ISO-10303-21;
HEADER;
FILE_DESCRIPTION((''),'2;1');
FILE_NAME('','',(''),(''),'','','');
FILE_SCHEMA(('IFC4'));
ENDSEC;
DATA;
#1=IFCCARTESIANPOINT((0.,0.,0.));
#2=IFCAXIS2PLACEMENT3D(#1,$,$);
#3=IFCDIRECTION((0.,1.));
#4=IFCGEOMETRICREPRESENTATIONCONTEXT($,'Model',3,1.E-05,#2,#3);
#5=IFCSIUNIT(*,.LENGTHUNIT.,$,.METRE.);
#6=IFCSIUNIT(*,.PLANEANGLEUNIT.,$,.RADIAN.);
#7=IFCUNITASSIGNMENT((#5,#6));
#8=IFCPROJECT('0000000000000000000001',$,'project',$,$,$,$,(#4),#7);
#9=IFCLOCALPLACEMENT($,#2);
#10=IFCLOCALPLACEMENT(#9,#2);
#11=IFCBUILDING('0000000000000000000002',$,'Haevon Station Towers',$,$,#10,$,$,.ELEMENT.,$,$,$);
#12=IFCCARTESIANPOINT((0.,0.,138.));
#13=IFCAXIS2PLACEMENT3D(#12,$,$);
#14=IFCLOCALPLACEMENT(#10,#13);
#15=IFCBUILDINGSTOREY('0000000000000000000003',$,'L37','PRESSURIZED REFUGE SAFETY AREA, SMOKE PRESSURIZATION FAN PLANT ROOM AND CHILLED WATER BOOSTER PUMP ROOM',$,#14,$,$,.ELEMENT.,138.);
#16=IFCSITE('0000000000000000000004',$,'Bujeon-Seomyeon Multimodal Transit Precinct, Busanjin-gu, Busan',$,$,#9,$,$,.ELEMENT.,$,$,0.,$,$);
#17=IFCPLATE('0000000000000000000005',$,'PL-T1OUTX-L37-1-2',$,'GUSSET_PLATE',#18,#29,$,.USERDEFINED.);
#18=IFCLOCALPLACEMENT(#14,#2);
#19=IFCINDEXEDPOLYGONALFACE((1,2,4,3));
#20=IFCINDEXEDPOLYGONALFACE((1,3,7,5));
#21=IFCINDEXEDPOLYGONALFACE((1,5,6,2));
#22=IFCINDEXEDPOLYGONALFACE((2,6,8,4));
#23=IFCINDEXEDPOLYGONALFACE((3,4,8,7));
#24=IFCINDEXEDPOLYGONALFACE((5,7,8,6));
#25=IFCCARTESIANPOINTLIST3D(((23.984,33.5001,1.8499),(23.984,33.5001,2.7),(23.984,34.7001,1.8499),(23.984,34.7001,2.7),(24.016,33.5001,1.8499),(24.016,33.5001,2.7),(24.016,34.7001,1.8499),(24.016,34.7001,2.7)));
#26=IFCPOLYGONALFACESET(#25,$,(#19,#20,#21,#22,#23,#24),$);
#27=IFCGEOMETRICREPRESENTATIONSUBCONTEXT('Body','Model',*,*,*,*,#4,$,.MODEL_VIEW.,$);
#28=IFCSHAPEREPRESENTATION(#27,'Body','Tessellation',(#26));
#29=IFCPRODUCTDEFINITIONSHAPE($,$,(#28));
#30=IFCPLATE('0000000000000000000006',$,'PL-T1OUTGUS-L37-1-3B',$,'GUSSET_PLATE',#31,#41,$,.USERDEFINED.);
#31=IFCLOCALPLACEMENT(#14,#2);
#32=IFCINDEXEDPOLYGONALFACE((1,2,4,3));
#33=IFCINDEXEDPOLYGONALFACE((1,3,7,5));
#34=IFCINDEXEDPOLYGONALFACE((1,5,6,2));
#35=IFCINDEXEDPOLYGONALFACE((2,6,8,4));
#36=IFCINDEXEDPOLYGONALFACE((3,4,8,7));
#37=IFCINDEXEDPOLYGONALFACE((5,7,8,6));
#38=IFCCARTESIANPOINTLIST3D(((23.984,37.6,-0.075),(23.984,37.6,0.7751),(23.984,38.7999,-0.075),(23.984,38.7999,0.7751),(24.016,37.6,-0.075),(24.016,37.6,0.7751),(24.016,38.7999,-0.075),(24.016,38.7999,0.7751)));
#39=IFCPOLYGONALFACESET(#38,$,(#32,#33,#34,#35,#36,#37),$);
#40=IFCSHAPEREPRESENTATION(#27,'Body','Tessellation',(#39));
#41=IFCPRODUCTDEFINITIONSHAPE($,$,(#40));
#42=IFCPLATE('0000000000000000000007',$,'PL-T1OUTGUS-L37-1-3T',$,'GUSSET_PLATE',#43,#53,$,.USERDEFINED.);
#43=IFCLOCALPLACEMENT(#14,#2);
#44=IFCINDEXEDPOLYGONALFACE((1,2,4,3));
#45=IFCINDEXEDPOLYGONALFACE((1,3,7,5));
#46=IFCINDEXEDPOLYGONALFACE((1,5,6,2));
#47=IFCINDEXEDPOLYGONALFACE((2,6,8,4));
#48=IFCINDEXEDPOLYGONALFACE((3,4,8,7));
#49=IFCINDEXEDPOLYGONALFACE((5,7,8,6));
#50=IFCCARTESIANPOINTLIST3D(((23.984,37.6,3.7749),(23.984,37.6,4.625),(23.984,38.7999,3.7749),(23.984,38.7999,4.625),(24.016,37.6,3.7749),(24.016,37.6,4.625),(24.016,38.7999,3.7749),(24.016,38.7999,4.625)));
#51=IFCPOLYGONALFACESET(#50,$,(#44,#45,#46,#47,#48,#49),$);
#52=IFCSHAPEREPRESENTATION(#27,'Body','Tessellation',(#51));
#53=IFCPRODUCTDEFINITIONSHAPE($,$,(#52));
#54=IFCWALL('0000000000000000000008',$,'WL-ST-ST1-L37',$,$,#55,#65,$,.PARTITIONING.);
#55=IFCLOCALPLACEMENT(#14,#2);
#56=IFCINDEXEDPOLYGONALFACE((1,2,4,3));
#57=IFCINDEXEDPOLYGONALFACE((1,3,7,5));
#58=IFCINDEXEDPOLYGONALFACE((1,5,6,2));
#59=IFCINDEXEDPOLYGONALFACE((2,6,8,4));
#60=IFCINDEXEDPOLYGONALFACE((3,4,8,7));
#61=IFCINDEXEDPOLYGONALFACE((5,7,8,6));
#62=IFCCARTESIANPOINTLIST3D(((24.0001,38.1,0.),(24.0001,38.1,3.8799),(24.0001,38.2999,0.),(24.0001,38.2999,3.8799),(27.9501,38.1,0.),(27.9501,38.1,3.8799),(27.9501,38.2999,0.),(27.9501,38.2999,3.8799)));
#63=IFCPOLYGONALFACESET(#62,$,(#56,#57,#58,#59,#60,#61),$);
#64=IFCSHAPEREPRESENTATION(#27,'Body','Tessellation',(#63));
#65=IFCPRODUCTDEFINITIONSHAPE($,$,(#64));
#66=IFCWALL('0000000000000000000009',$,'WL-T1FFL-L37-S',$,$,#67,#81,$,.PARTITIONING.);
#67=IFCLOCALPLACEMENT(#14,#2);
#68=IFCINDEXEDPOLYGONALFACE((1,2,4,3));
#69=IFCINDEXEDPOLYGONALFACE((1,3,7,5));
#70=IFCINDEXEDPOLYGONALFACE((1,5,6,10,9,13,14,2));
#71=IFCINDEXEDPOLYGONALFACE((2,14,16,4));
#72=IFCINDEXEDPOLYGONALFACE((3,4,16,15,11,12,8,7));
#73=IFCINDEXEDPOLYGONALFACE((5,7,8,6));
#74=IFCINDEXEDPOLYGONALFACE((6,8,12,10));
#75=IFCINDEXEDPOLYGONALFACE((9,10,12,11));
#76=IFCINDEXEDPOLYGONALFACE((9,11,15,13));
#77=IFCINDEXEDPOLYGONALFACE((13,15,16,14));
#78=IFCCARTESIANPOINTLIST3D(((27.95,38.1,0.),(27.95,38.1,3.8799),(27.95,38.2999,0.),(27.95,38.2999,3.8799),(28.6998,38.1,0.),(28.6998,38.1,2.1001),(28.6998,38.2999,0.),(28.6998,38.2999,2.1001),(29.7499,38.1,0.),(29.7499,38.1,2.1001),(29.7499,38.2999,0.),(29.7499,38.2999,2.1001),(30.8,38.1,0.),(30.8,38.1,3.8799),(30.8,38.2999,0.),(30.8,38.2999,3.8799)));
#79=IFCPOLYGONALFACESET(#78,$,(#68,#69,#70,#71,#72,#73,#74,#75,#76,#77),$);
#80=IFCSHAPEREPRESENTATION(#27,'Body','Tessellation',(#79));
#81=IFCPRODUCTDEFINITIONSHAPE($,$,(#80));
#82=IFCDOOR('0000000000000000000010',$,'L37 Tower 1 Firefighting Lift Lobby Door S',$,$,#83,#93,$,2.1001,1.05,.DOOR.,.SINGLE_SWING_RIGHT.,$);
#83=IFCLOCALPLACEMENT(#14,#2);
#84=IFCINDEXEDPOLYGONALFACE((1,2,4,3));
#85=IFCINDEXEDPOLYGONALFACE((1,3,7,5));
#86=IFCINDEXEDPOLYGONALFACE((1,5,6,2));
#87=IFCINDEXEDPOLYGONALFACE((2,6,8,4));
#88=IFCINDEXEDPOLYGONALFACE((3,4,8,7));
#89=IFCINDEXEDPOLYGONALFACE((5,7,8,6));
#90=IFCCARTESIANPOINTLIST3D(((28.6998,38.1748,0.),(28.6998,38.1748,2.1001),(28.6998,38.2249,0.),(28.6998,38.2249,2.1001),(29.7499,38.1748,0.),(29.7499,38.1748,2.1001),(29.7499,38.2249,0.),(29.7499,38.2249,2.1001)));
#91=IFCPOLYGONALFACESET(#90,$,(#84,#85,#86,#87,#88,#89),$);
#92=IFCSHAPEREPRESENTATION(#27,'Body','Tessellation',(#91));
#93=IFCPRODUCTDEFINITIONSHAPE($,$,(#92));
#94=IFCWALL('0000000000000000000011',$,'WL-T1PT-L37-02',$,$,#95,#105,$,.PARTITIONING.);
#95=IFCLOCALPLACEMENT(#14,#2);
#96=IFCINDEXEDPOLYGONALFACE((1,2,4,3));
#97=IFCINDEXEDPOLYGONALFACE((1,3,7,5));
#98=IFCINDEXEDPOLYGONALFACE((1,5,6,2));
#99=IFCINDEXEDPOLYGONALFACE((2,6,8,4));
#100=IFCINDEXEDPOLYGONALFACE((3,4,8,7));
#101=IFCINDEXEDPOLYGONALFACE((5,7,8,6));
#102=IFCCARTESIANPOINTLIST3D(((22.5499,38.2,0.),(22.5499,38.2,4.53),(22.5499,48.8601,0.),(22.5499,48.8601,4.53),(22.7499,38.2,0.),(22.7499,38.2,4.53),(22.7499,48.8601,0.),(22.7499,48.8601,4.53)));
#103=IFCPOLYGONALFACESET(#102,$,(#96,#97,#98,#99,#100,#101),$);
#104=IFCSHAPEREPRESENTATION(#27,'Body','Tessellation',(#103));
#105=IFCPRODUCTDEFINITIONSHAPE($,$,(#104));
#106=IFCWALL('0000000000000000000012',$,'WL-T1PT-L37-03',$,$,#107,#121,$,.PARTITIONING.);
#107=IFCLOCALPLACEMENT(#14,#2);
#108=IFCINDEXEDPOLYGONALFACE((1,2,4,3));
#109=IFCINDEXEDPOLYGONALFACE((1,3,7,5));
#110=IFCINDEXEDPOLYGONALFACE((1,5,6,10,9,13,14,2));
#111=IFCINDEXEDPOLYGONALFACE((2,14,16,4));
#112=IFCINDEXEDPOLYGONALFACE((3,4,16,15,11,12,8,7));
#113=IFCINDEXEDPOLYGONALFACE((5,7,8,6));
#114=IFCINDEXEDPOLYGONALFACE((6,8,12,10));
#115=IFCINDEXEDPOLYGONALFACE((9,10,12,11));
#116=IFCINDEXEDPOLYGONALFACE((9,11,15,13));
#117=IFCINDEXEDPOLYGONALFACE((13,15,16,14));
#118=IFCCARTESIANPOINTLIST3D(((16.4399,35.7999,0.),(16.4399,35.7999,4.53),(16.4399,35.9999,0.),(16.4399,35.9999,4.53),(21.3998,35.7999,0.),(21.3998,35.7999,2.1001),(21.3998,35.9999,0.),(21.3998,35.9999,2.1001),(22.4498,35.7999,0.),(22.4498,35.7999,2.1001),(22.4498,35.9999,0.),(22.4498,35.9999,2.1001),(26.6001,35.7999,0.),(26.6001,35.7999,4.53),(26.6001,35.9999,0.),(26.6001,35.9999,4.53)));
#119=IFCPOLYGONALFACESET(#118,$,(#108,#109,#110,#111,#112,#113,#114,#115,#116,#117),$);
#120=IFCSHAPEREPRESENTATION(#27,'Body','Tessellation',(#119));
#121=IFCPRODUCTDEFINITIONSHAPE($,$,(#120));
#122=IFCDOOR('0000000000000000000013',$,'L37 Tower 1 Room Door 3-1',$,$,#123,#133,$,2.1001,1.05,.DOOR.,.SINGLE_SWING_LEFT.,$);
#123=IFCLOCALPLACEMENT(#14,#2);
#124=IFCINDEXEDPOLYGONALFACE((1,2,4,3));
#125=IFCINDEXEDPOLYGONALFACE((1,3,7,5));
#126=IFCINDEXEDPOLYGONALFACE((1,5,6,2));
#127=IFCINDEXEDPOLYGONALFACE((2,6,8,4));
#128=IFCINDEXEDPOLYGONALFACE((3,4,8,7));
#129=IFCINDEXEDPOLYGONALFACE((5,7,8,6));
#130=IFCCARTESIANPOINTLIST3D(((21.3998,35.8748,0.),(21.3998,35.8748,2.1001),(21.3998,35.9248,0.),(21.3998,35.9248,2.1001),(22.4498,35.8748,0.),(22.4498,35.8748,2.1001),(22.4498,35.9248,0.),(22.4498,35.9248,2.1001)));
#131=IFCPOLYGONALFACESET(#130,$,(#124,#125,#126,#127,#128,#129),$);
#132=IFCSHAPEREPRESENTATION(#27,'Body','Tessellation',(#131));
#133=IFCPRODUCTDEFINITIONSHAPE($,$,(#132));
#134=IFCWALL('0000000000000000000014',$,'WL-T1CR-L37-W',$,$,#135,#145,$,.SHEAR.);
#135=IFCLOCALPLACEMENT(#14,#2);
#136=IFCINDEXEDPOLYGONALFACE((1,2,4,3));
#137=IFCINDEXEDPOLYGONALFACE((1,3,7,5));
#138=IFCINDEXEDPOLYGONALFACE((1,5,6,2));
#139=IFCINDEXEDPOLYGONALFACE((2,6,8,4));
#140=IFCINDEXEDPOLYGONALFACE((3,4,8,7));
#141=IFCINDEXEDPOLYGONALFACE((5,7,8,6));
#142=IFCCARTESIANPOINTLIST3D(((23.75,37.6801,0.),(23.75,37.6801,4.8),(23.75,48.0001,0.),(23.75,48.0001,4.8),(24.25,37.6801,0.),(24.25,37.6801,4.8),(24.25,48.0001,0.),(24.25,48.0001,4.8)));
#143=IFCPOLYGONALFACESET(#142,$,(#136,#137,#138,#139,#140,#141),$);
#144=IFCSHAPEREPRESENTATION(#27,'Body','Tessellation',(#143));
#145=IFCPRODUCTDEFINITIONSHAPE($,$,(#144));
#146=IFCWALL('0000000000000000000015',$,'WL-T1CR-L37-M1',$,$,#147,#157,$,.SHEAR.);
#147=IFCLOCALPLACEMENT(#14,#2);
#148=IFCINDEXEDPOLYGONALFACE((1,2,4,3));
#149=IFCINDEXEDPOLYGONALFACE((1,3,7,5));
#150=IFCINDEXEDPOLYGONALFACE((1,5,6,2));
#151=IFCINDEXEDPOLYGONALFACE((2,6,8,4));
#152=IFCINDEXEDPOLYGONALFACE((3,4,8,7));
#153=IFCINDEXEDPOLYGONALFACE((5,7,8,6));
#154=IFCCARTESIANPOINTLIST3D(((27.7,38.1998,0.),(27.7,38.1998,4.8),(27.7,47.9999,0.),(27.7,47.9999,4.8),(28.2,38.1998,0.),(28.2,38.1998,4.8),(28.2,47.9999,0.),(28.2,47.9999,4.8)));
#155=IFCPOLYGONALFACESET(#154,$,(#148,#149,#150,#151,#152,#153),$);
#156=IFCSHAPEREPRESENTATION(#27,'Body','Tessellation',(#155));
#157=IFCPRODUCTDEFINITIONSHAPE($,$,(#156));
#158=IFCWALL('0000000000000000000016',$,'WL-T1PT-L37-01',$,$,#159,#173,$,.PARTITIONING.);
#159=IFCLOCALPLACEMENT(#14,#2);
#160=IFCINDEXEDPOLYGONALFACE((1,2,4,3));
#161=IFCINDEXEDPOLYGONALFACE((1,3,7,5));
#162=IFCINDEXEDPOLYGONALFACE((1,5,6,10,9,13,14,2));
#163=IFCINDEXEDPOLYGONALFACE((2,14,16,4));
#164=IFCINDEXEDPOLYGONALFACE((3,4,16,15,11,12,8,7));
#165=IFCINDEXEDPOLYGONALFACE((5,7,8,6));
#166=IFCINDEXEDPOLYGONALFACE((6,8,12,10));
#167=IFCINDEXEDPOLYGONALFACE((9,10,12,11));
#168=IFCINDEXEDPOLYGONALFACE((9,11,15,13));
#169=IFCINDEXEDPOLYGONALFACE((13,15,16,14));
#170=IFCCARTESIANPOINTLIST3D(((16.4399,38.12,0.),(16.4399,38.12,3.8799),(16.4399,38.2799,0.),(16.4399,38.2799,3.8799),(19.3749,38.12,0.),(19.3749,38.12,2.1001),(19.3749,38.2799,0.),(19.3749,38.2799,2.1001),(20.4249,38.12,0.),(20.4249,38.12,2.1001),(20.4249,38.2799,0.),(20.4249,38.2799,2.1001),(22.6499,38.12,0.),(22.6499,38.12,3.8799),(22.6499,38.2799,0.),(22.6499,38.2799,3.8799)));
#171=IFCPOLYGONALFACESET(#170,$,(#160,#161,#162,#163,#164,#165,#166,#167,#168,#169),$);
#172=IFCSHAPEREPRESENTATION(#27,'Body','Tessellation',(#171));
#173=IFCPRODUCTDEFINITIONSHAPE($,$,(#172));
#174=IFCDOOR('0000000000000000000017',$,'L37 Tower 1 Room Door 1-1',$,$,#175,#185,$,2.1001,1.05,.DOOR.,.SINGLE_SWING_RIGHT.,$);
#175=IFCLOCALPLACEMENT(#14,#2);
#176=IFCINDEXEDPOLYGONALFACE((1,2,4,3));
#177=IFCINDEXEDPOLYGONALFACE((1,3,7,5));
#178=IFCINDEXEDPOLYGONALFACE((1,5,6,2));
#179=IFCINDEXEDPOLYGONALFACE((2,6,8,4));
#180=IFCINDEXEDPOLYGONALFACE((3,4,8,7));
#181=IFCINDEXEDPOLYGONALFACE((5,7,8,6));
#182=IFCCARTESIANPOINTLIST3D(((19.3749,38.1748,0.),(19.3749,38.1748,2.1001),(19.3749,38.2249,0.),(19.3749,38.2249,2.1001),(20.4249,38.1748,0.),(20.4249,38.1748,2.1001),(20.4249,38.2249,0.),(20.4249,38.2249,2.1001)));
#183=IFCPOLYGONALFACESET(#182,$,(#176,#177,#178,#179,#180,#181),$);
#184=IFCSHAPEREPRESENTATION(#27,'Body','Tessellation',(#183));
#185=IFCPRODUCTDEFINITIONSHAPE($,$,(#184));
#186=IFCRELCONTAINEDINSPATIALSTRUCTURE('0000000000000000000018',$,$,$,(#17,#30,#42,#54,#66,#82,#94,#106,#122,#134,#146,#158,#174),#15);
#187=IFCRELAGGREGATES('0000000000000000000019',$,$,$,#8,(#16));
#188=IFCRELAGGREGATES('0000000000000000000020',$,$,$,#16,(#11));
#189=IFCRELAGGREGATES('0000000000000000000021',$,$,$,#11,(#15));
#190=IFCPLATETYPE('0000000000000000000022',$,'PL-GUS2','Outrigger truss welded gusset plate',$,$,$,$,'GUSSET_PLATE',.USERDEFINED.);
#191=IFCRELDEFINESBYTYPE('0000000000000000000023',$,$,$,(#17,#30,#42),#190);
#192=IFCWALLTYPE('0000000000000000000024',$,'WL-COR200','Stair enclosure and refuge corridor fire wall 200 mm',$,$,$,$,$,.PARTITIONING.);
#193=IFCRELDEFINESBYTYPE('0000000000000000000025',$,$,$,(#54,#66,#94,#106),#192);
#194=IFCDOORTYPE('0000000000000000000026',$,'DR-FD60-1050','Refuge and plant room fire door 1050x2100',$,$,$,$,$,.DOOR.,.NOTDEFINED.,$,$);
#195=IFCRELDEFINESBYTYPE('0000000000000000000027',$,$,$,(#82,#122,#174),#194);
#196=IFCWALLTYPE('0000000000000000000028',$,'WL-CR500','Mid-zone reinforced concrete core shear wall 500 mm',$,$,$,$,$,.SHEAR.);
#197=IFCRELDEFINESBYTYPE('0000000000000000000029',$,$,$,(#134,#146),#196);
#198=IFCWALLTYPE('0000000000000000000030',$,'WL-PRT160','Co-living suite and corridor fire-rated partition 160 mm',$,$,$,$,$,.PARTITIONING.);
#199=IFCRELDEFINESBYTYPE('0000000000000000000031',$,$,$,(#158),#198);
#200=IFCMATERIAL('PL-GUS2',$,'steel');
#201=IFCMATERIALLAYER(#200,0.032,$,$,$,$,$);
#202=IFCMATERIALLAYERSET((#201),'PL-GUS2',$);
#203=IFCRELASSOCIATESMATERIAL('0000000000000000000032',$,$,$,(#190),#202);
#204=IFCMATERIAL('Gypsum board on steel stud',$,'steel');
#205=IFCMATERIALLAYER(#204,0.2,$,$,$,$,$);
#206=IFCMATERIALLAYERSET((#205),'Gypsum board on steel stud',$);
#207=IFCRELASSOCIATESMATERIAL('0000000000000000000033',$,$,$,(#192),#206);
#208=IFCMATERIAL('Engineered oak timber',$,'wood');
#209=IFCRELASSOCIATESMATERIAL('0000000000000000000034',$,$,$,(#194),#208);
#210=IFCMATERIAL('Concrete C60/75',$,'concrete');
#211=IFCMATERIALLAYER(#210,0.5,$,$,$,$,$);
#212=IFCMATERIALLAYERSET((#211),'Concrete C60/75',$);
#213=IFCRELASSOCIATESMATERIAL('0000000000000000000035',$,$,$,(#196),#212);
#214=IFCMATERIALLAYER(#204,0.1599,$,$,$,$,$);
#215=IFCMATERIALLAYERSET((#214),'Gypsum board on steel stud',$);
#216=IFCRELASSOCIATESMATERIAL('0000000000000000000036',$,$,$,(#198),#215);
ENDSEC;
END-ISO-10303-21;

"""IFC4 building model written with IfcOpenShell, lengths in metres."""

from ifc_helpers import new_model, si_unit, direction, frame, frame_2d, origin, origin_2d, place, context, subcontext, project, spatial, rectangle, extrude, material, layer, layer_set, type_object, element, fill, save


model = new_model("IFC4")

# Units and contexts
model_context = context("Model", 3, precision=1e-05, world=origin(), true_north=direction((0.0, 1.0)))
body_context = subcontext(model_context, "Body", "Model", "MODEL_VIEW")
ifc_project = project(units=[si_unit("LENGTHUNIT", "METRE"), si_unit("PLANEANGLEUNIT", "RADIAN")], contexts=[model_context])

# Site, building, storey
site_placement = place(None, origin())
site = spatial("IfcSite", under=ifc_project, at=site_placement, Name="Bujeon-Seomyeon Multimodal Transit Precinct, Busanjin-gu, Busan", CompositionType="ELEMENT", RefElevation=0.0)
building_placement = place(site_placement, origin())
building = spatial("IfcBuilding", under=site, at=building_placement, Name="Haevon Station Towers", CompositionType="ELEMENT")
storey_placement = place(building_placement, frame((0.0, 0.0, 138.0)))
storey = spatial("IfcBuildingStorey", under=building, at=storey_placement, Name="L37", Description="PRESSURIZED REFUGE SAFETY AREA, SMOKE PRESSURIZATION FAN PLANT ROOM AND CHILLED WATER BOOSTER PUMP ROOM", CompositionType="ELEMENT", Elevation=138.0)

# Plates
ifc_material_1 = material(Name="PL-GUS2", Category="steel")
ifc_layer_1 = layer(ifc_material_1, 0.032)
ifc_layer_set_1 = layer_set([ifc_layer_1], Name="PL-GUS2")
plate_type_1 = type_object("IfcPlateType", Name="PL-GUS2", Description="Outrigger truss welded gusset plate", ElementType="GUSSET_PLATE", PredefinedType="USERDEFINED", material=ifc_layer_set_1)
for number, where, z_axis, x_axis, name in (
    (1, (24.0, 34.1001, 1.8499), (0.0, 0.0, 1.0), (0.0, 1.0, 0.0), "PL-T1OUTX-L37-1-2"),
    (2, (24.0, 38.2, -0.075), (0.0, 0.0, 1.0), (0.0, 1.0, 0.0), "PL-T1OUTGUS-L37-1-3B"),
    (3, (24.0, 38.2, 3.7749), (0.0, 0.0, 1.0), (0.0, 1.0, 0.0), "PL-T1OUTGUS-L37-1-3T"),
):
    element("IfcPlate", number, at=place(storey_placement, frame(where, z_axis=z_axis, x_axis=x_axis)), inside=storey, type_object=plate_type_1, Name=name, ObjectType="GUSSET_PLATE", PredefinedType="USERDEFINED", context=body_context, shape_type="SweptSolid", body=[
        extrude(rectangle(XDim=1.2, YDim=0.032, at=origin_2d()), origin(), (0.0, 0.0, 1.0), 0.8501),
    ])

# Wall
ifc_material_2 = material(Name="Gypsum board on steel stud", Category="steel")
ifc_layer_2 = layer(ifc_material_2, 0.2)
ifc_layer_set_2 = layer_set([ifc_layer_2], Name="Gypsum board on steel stud")
wall_type_1 = type_object("IfcWallType", Name="WL-COR200", Description="Stair enclosure and refuge corridor fire wall 200 mm", PredefinedType="PARTITIONING", material=ifc_layer_set_2)
wall_1_placement = place(storey_placement, frame((24.0, 38.2, 0.0), z_axis=(0.0, 0.0, 1.0), x_axis=(1.0, 0.0, 0.0)))
element("IfcWall", 4, at=wall_1_placement, inside=storey, type_object=wall_type_1, Name="WL-ST-ST1-L37", PredefinedType="PARTITIONING", context=body_context, shape_type="SweptSolid", body=[
    extrude(rectangle(XDim=3.95, YDim=0.2, at=frame_2d((1.9751, 0.0))), origin(), (0.0, 0.0, 1.0), 3.8799),
])

# Wall, opening, door
wall_2_placement = place(storey_placement, frame((27.95, 38.2, 0.0), z_axis=(0.0, 0.0, 1.0), x_axis=(1.0, 0.0, 0.0)))
wall_2 = element("IfcWall", 5, at=wall_2_placement, inside=storey, type_object=wall_type_1, Name="WL-T1FFL-L37-S", PredefinedType="PARTITIONING", context=body_context, shape_type="SweptSolid", body=[
    extrude(rectangle(XDim=2.8501, YDim=0.2, at=frame_2d((1.425, 0.0))), origin(), (0.0, 0.0, 1.0), 3.8799),
])
opening_1_placement = place(wall_2_placement, frame((0.75, 0.0, 0.0)))
opening_1 = element("IfcOpeningElement", 6, at=opening_1_placement, cuts=wall_2, PredefinedType="OPENING", context=body_context, shape_type="SweptSolid", body=[
    extrude(rectangle(XDim=1.05, YDim=2.1001, at=frame_2d((0.5249, 1.05))), frame((0.0, 0.1099, 0.0), z_axis=(0.0, -1.0, 0.0), x_axis=(1.0, 0.0, 0.0)), (0.0, 0.0, 1.0), 0.22),
])
ifc_material_3 = material(Name="Engineered oak timber", Category="wood")
door_type = type_object("IfcDoorType", Name="DR-FD60-1050", Description="Refuge and plant room fire door 1050x2100", OperationType="NOTDEFINED", PredefinedType="DOOR", material=ifc_material_3)
door_1_placement = place(opening_1_placement, origin())
door_1 = element("IfcDoor", 7, at=door_1_placement, inside=storey, type_object=door_type, Name="L37 Tower 1 Firefighting Lift Lobby Door S", OperationType="SINGLE_SWING_RIGHT", OverallHeight=2.1001, OverallWidth=1.05, PredefinedType="DOOR", context=body_context, shape_type="SweptSolid", body=[
    extrude(rectangle(XDim=1.05, YDim=2.1001, at=frame_2d((0.5249, 1.05))), frame((0.0, 0.0249, 0.0), z_axis=(0.0, -1.0, 0.0), x_axis=(1.0, 0.0, 0.0)), (0.0, 0.0, 1.0), 0.05),
])
fill(opening_1, door_1)

# Wall
wall_3_placement = place(storey_placement, frame((22.6499, 38.2, 0.0), z_axis=(0.0, 0.0, 1.0), x_axis=(0.0, 1.0, 0.0)))
element("IfcWall", 8, at=wall_3_placement, inside=storey, type_object=wall_type_1, Name="WL-T1PT-L37-02", PredefinedType="PARTITIONING", context=body_context, shape_type="SweptSolid", body=[
    extrude(rectangle(XDim=10.6602, YDim=0.2, at=frame_2d((5.3301, 0.0))), origin(), (0.0, 0.0, 1.0), 4.53),
])

# Wall, opening, door
wall_4_placement = place(storey_placement, frame((16.4399, 35.8999, 0.0), z_axis=(0.0, 0.0, 1.0), x_axis=(1.0, 0.0, 0.0)))
wall_4 = element("IfcWall", 9, at=wall_4_placement, inside=storey, type_object=wall_type_1, Name="WL-T1PT-L37-03", PredefinedType="PARTITIONING", context=body_context, shape_type="SweptSolid", body=[
    extrude(rectangle(XDim=10.1602, YDim=0.2, at=frame_2d((5.0801, 0.0))), origin(), (0.0, 0.0, 1.0), 4.53),
])
opening_2_placement = place(wall_4_placement, frame((4.96, 0.0, 0.0)))
opening_2 = element("IfcOpeningElement", 10, at=opening_2_placement, cuts=wall_4, PredefinedType="OPENING", context=body_context, shape_type="SweptSolid", body=[
    extrude(rectangle(XDim=1.05, YDim=2.1001, at=frame_2d((0.5249, 1.05))), frame((0.0, 0.1099, 0.0), z_axis=(0.0, -1.0, 0.0), x_axis=(1.0, 0.0, 0.0)), (0.0, 0.0, 1.0), 0.22),
])
door_2_placement = place(opening_2_placement, origin())
door_2 = element("IfcDoor", 11, at=door_2_placement, inside=storey, type_object=door_type, Name="L37 Tower 1 Room Door 3-1", OperationType="SINGLE_SWING_LEFT", OverallHeight=2.1001, OverallWidth=1.05, PredefinedType="DOOR", context=body_context, shape_type="SweptSolid", body=[
    extrude(rectangle(XDim=1.05, YDim=2.1001, at=frame_2d((0.5249, 1.05))), frame((0.0, 0.0249, 0.0), z_axis=(0.0, -1.0, 0.0), x_axis=(1.0, 0.0, 0.0)), (0.0, 0.0, 1.0), 0.05),
])
fill(opening_2, door_2)

# Walls
ifc_material_4 = material(Name="Concrete C60/75", Category="concrete")
ifc_layer_3 = layer(ifc_material_4, 0.5)
ifc_layer_set_3 = layer_set([ifc_layer_3], Name="Concrete C60/75")
wall_type_2 = type_object("IfcWallType", Name="WL-CR500", Description="Mid-zone reinforced concrete core shear wall 500 mm", PredefinedType="SHEAR", material=ifc_layer_set_3)
wall_5_placement = place(storey_placement, frame((24.0, 37.6799, 0.0), z_axis=(0.0, 0.0, 1.0), x_axis=(0.0, 1.0, 0.0)))
element("IfcWall", 12, at=wall_5_placement, inside=storey, type_object=wall_type_2, Name="WL-T1CR-L37-W", PredefinedType="SHEAR", context=body_context, shape_type="SweptSolid", body=[
    extrude(rectangle(XDim=10.3201, YDim=0.5, at=frame_2d((5.1602, 0.0))), origin(), (0.0, 0.0, 1.0), 4.8),
])
wall_6_placement = place(storey_placement, frame((27.95, 38.2, 0.0), z_axis=(0.0, 0.0, 1.0), x_axis=(0.0, 1.0, 0.0)))
element("IfcWall", 13, at=wall_6_placement, inside=storey, type_object=wall_type_2, Name="WL-T1CR-L37-M1", PredefinedType="SHEAR", context=body_context, shape_type="SweptSolid", body=[
    extrude(rectangle(XDim=9.8, YDim=0.5, at=frame_2d((4.8999, 0.0))), origin(), (0.0, 0.0, 1.0), 4.8),
])

# Wall, opening, door
ifc_layer_4 = layer(ifc_material_2, 0.1599)
ifc_layer_set_4 = layer_set([ifc_layer_4], Name="Gypsum board on steel stud")
wall_type_3 = type_object("IfcWallType", Name="WL-PRT160", Description="Co-living suite and corridor fire-rated partition 160 mm", PredefinedType="PARTITIONING", material=ifc_layer_set_4)
wall_7_placement = place(storey_placement, frame((16.4399, 38.2, 0.0), z_axis=(0.0, 0.0, 1.0), x_axis=(1.0, 0.0, 0.0)))
wall_7 = element("IfcWall", 14, at=wall_7_placement, inside=storey, type_object=wall_type_3, Name="WL-T1PT-L37-01", PredefinedType="PARTITIONING", context=body_context, shape_type="SweptSolid", body=[
    extrude(rectangle(XDim=6.21, YDim=0.1599, at=frame_2d((3.105, 0.0))), origin(), (0.0, 0.0, 1.0), 3.8799),
])
opening_3_placement = place(wall_7_placement, frame((2.9351, 0.0, 0.0)))
opening_3 = element("IfcOpeningElement", 15, at=opening_3_placement, cuts=wall_7, PredefinedType="OPENING", context=body_context, shape_type="SweptSolid", body=[
    extrude(rectangle(XDim=1.05, YDim=2.1001, at=frame_2d((0.5249, 1.05))), frame((0.0, 0.0898, 0.0), z_axis=(0.0, -1.0, 0.0), x_axis=(1.0, 0.0, 0.0)), (0.0, 0.0, 1.0), 0.1799),
])
door_3_placement = place(opening_3_placement, origin())
door_3 = element("IfcDoor", 16, at=door_3_placement, inside=storey, type_object=door_type, Name="L37 Tower 1 Room Door 1-1", OperationType="SINGLE_SWING_RIGHT", OverallHeight=2.1001, OverallWidth=1.05, PredefinedType="DOOR", context=body_context, shape_type="SweptSolid", body=[
    extrude(rectangle(XDim=1.05, YDim=2.1001, at=frame_2d((0.5249, 1.05))), frame((0.0, 0.0249, 0.0), z_axis=(0.0, -1.0, 0.0), x_axis=(1.0, 0.0, 0.0)), (0.0, 0.0, 1.0), 0.05),
])
fill(opening_3, door_3)

save(model, "model.ifc")
